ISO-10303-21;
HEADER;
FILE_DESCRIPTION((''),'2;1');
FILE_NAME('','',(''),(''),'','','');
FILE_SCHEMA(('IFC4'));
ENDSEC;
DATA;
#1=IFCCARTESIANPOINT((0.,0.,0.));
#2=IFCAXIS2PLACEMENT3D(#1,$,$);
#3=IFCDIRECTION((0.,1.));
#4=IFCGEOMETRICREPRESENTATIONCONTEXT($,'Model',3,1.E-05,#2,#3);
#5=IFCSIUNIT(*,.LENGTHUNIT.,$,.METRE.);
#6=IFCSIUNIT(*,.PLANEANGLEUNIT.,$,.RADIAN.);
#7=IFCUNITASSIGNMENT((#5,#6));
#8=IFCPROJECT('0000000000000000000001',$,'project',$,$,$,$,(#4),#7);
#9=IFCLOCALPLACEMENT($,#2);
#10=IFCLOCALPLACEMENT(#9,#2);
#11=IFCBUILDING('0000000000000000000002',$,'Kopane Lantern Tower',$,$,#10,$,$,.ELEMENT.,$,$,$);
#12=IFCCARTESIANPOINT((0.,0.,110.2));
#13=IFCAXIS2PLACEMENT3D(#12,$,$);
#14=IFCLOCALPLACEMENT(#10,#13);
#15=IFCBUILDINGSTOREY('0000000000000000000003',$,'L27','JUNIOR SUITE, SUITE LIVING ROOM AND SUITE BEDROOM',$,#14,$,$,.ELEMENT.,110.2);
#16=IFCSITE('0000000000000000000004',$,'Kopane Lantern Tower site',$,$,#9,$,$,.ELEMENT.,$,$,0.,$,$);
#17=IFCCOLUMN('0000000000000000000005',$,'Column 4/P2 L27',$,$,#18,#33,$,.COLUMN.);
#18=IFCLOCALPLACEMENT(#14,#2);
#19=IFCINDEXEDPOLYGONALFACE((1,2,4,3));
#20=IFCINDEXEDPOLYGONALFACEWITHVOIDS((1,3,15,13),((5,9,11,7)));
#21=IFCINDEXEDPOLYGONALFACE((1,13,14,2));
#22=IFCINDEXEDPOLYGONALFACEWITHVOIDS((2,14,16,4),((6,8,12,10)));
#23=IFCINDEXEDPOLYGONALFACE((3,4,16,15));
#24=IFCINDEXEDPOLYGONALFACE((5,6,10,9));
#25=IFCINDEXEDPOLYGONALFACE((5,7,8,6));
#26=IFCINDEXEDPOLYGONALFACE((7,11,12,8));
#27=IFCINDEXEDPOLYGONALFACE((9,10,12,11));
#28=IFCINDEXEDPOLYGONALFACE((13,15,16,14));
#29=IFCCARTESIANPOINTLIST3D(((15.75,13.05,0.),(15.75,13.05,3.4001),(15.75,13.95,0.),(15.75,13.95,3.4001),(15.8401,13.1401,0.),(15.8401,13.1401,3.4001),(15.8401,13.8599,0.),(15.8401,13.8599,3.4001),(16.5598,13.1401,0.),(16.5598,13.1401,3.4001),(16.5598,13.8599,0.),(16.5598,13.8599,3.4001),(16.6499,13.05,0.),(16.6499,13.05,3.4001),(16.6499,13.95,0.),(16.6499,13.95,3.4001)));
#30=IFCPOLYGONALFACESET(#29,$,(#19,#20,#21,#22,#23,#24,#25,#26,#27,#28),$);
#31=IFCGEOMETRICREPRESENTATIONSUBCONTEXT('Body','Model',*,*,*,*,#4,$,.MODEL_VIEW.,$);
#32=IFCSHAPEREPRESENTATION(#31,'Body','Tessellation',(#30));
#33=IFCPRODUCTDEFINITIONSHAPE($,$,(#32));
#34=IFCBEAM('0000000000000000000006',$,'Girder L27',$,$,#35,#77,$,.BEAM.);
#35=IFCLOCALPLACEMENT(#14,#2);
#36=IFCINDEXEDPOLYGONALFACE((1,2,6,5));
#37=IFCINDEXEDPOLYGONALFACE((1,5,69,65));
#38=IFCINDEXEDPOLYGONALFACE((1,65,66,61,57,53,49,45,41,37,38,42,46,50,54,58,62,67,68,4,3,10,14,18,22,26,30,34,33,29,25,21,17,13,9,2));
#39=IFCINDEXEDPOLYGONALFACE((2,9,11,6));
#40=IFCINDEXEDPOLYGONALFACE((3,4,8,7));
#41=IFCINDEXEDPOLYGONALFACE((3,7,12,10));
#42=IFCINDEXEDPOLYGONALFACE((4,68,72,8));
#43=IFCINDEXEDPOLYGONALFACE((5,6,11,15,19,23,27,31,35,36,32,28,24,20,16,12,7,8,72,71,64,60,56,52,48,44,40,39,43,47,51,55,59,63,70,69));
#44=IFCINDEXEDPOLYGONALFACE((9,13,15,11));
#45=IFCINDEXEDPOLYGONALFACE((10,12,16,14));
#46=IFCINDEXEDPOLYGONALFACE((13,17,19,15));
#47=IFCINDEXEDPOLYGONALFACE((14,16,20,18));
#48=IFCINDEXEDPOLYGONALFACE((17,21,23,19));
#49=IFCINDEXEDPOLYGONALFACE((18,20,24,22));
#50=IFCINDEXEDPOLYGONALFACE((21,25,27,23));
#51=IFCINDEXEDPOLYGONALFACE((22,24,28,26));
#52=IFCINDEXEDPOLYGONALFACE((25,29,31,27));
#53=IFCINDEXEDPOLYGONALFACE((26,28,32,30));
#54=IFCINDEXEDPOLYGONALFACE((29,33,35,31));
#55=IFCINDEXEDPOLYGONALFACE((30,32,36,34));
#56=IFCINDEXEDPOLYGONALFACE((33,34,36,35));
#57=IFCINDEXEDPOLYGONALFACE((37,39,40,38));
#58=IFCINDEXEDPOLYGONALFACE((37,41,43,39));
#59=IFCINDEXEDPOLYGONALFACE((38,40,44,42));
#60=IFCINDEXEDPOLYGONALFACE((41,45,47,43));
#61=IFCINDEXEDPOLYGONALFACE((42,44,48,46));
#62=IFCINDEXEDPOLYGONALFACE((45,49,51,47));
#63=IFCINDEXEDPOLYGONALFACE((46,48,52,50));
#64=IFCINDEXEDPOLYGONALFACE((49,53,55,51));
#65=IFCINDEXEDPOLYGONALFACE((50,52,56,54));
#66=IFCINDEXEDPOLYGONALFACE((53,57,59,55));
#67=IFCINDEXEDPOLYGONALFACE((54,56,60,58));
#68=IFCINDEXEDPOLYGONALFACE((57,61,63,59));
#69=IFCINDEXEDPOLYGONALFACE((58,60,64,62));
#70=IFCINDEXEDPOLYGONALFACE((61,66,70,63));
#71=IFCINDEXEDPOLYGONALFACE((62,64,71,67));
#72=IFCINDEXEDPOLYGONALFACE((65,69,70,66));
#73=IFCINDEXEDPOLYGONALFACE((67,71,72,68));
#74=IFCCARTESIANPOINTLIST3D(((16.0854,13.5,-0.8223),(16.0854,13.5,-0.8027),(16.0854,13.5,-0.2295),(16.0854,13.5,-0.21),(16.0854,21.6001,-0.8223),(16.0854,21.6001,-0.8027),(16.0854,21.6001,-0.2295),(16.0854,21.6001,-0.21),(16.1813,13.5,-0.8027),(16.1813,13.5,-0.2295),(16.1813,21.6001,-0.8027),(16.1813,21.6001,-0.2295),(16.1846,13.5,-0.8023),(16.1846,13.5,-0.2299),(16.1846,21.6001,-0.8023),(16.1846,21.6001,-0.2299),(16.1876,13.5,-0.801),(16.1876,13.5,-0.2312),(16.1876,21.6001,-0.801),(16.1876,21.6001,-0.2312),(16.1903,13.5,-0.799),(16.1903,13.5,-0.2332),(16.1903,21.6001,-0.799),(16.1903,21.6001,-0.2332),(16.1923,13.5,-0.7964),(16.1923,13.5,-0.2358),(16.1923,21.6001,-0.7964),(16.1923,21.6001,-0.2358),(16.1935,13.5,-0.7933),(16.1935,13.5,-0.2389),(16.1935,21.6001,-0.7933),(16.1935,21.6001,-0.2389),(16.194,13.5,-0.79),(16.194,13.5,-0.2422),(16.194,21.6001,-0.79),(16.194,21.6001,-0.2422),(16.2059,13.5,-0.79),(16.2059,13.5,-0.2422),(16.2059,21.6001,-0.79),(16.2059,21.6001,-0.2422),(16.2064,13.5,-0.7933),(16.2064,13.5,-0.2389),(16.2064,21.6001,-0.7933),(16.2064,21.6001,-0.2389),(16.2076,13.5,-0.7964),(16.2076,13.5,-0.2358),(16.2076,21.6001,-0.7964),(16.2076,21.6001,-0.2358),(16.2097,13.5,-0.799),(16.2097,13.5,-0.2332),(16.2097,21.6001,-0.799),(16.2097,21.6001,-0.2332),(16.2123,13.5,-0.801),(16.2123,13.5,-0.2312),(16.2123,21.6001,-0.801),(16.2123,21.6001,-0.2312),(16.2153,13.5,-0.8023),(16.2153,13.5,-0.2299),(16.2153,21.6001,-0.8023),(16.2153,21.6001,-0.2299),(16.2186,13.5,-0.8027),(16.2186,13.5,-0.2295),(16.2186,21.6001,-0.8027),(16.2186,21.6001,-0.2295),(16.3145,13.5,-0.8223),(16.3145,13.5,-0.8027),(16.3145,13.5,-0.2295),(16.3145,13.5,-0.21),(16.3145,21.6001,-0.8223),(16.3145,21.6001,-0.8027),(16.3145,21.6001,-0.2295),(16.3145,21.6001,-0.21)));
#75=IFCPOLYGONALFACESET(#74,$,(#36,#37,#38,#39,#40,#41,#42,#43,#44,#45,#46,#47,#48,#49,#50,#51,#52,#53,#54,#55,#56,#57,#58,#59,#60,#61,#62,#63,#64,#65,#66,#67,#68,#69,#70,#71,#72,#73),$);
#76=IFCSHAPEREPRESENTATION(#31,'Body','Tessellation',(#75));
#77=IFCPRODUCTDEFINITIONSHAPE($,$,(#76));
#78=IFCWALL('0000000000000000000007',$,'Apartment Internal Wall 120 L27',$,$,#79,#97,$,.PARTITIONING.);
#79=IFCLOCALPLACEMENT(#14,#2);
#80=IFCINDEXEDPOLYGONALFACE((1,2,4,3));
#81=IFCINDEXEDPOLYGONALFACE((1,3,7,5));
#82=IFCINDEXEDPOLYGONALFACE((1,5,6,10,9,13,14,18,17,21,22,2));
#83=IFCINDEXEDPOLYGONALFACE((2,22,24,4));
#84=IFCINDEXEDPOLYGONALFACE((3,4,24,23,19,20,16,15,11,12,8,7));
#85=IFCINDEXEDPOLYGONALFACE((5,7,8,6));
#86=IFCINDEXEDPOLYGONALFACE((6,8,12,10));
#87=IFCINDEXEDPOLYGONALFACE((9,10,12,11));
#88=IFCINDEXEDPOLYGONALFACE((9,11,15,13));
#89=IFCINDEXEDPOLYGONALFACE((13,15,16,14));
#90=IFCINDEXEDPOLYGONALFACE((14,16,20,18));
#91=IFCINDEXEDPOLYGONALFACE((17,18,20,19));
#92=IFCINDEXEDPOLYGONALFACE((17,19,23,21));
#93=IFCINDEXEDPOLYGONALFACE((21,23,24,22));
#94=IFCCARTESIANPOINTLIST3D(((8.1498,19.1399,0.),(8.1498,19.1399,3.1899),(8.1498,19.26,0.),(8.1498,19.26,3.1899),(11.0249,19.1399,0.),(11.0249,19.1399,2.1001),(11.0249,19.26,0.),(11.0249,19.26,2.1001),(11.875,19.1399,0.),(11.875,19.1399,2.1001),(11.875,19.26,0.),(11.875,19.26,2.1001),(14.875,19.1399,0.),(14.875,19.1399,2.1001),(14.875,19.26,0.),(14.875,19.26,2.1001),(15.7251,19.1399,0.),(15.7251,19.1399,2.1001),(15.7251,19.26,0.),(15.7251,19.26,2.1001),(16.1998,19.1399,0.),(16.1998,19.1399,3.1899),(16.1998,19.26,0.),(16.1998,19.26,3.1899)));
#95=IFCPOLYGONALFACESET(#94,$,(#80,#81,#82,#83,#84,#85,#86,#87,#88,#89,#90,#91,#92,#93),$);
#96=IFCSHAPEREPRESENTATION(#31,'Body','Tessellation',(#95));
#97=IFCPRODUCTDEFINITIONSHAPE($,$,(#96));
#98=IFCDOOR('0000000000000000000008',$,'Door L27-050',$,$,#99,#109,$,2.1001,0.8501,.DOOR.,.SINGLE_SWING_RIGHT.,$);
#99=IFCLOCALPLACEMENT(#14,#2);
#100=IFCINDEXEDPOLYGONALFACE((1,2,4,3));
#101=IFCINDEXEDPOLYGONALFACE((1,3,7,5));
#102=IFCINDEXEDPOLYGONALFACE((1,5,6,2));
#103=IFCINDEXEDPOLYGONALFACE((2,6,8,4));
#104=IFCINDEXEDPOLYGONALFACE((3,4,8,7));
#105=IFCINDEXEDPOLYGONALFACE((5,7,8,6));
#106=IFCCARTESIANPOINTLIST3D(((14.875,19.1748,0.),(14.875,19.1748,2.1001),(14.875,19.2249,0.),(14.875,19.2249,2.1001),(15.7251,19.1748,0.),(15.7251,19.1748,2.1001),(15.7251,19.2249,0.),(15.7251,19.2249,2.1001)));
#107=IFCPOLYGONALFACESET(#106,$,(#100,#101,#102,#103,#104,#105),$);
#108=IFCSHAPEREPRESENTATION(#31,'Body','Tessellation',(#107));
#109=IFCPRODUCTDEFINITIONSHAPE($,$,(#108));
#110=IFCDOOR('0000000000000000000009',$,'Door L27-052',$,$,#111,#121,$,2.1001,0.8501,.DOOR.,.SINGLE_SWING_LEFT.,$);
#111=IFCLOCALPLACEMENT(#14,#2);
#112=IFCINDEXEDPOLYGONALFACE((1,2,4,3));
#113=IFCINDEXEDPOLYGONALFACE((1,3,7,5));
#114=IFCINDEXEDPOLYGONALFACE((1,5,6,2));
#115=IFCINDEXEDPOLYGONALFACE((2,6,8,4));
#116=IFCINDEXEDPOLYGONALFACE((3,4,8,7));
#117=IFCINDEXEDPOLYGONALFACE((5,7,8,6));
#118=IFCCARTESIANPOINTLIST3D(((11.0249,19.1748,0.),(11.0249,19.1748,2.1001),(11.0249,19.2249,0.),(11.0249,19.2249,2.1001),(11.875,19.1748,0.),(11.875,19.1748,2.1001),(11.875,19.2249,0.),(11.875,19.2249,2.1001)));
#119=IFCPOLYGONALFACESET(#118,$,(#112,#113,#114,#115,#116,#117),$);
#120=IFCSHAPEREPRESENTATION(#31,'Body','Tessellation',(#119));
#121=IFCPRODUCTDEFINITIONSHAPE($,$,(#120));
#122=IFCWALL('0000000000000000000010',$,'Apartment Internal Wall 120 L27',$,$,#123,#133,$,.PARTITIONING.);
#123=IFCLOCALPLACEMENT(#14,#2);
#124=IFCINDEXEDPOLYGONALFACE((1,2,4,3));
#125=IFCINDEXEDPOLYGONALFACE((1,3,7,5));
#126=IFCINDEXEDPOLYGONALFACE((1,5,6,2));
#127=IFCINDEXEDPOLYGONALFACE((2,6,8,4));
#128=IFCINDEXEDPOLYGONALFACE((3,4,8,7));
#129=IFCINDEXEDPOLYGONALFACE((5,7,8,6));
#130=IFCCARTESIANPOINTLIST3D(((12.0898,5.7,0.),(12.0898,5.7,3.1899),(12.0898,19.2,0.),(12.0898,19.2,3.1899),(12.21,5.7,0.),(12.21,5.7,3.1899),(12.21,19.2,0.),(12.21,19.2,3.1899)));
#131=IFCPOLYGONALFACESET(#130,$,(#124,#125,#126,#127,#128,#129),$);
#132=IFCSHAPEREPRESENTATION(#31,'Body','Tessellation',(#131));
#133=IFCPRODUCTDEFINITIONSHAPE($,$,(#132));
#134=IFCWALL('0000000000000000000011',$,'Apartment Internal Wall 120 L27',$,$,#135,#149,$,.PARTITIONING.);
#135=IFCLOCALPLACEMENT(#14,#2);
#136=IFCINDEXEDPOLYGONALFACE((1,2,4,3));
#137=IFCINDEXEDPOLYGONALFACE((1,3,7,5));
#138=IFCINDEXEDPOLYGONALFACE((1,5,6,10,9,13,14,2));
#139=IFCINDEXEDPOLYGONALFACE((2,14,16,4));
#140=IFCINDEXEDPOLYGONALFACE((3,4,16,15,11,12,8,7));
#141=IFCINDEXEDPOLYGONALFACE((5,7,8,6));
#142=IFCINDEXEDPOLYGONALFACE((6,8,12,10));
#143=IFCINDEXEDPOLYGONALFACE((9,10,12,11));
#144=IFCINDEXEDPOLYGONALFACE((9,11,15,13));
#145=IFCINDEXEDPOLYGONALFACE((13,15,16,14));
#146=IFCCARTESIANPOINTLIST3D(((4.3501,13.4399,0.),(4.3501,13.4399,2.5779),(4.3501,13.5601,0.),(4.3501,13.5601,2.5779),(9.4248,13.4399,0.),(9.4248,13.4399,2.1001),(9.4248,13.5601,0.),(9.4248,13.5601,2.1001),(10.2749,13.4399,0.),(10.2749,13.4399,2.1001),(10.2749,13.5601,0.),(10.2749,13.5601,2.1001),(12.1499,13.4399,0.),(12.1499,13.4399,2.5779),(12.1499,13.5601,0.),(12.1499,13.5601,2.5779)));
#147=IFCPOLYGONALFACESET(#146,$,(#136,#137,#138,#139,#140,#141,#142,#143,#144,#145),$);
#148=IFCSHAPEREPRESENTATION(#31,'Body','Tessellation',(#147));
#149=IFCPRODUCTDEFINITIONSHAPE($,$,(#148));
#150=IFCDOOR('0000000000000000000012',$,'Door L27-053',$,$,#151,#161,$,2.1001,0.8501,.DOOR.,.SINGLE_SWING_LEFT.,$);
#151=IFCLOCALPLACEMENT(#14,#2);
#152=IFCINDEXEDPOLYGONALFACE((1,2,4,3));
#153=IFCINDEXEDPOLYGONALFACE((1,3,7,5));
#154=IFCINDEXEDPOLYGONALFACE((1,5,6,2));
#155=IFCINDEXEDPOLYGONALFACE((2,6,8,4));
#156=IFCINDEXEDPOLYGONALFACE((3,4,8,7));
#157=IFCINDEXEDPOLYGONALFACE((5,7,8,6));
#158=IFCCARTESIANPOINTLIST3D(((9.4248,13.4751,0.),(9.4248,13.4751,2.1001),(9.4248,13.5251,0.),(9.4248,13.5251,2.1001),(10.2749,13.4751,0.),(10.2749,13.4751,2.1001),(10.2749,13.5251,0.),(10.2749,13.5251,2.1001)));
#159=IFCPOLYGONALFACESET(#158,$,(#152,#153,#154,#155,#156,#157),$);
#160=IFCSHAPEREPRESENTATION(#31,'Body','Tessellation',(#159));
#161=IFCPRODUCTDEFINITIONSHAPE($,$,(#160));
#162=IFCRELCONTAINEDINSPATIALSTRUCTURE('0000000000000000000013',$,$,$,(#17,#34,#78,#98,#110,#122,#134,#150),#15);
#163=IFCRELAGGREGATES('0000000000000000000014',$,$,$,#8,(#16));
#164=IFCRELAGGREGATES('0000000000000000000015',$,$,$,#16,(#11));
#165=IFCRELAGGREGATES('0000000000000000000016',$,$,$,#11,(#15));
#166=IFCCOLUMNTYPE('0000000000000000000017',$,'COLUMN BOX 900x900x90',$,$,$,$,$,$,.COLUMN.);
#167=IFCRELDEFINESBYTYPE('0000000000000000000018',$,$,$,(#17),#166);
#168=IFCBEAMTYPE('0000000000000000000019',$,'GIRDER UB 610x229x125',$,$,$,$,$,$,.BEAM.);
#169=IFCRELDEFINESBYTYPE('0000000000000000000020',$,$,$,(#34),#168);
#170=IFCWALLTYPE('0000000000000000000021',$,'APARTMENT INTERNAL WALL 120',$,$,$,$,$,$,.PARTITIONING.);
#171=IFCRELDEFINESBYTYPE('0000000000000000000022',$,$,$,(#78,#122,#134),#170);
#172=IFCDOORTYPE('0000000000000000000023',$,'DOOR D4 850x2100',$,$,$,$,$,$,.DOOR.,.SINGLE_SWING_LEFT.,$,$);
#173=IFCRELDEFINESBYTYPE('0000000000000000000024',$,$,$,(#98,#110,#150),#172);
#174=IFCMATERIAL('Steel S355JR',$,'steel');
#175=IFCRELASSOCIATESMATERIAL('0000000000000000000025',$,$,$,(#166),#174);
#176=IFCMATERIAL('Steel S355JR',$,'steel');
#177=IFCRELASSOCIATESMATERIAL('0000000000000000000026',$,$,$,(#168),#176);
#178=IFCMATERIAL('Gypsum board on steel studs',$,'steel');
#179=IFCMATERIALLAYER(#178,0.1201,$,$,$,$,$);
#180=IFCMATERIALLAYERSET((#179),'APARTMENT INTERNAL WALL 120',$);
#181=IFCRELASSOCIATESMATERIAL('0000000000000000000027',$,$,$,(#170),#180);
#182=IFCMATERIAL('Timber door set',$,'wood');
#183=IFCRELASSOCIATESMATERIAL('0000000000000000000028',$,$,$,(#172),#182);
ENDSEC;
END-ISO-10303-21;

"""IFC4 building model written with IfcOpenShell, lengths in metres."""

from ifc_helpers import new_model, si_unit, direction, frame, frame_2d, origin, origin_2d, place, context, subcontext, project, spatial, rectangle, hollow_rectangle, i_section, extrude, material, layer, layer_set, material_profile, profile_set, type_object, element, fill, save


model = new_model("IFC4")

# Units and contexts
model_context = context("Model", 3, precision=1e-05, world=origin(), true_north=direction((0.0, 1.0)))
body_context = subcontext(model_context, "Body", "Model", "MODEL_VIEW")
ifc_project = project(units=[si_unit("LENGTHUNIT", "METRE"), si_unit("PLANEANGLEUNIT", "RADIAN")], contexts=[model_context])

# Site, building, storey
site_placement = place(None, origin())
site = spatial("IfcSite", under=ifc_project, at=site_placement, Name="Kopane Lantern Tower site", CompositionType="ELEMENT", RefElevation=0.0)
building_placement = place(site_placement, origin())
building = spatial("IfcBuilding", under=site, at=building_placement, Name="Kopane Lantern Tower", CompositionType="ELEMENT")
storey_placement = place(building_placement, frame((0.0, 0.0, 110.2)))
storey = spatial("IfcBuildingStorey", under=building, at=storey_placement, Name="L27", Description="JUNIOR SUITE, SUITE LIVING ROOM AND SUITE BEDROOM", CompositionType="ELEMENT", Elevation=110.2)

# Column
ifc_material_1 = material(Name="Steel S355JR", Category="steel")
ifc_material_profile_1 = material_profile(ifc_material_1, hollow_rectangle(XDim=0.8999, YDim=0.8999, WallThickness=0.0901, at=origin_2d()), Name="BOX 900x900x90")
ifc_profile_set_1 = profile_set([ifc_material_profile_1], Name="Steel S355JR")
column_type = type_object("IfcColumnType", Name="COLUMN BOX 900x900x90", PredefinedType="COLUMN", material=ifc_profile_set_1)
column_placement = place(storey_placement, frame((16.2, 13.5, 0.0), z_axis=(0.0, 0.0, 1.0), x_axis=(1.0, 0.0, 0.0)))
element("IfcColumn", 1, at=column_placement, inside=storey, type_object=column_type, Name="Column 4/P2 L27", PredefinedType="COLUMN", context=body_context, shape_type="SweptSolid", body=[
    extrude(hollow_rectangle(XDim=0.8999, YDim=0.8999, WallThickness=0.0901, at=origin_2d()), origin(), (0.0, 0.0, 1.0), 3.4001),
])

# Beam
ifc_material_2 = material(Name="Steel S355JR", Category="steel")
ifc_material_profile_2 = material_profile(ifc_material_2, i_section(OverallWidth=0.229, OverallDepth=0.6123, WebThickness=0.012, FlangeThickness=0.0195, FilletRadius=0.0127, at=origin_2d()), Name="UB 610x229x125")
ifc_profile_set_2 = profile_set([ifc_material_profile_2], Name="Steel S355JR")
beam_type = type_object("IfcBeamType", Name="GIRDER UB 610x229x125", PredefinedType="BEAM", material=ifc_profile_set_2)
beam_placement = place(storey_placement, frame((16.2, 13.5, -0.5161), z_axis=(0.0, 1.0, 0.0), x_axis=(-1.0, 0.0, 0.0)))
element("IfcBeam", 2, at=beam_placement, inside=storey, type_object=beam_type, Name="Girder L27", PredefinedType="BEAM", context=body_context, shape_type="SweptSolid", body=[
    extrude(i_section(OverallWidth=0.229, OverallDepth=0.6123, WebThickness=0.012, FlangeThickness=0.0195, FilletRadius=0.0127, at=origin_2d()), origin(), (0.0, 0.0, 1.0), 8.1001),
])

# Wall, openings, doors
ifc_material_3 = material(Name="Gypsum board on steel studs", Category="steel")
ifc_layer = layer(ifc_material_3, 0.1201)
ifc_layer_set = layer_set([ifc_layer], Name="APARTMENT INTERNAL WALL 120")
wall_type = type_object("IfcWallType", Name="APARTMENT INTERNAL WALL 120", PredefinedType="PARTITIONING", material=ifc_layer_set)
wall_1_placement = place(storey_placement, frame((8.1499, 19.2, 0.0), z_axis=(0.0, 0.0, 1.0), x_axis=(1.0, 0.0, 0.0)))
wall_1 = element("IfcWall", 3, at=wall_1_placement, inside=storey, type_object=wall_type, Name="Apartment Internal Wall 120 L27", PredefinedType="PARTITIONING", context=body_context, shape_type="SweptSolid", body=[
    extrude(rectangle(XDim=8.05, YDim=0.1201, at=frame_2d((4.0249, 0.0))), origin(), (0.0, 0.0, 1.0), 3.1899),
])
opening_1_placement = place(wall_1_placement, frame((6.7251, 0.0, 0.0)))
opening_1 = element("IfcOpeningElement", 4, at=opening_1_placement, cuts=wall_1, PredefinedType="OPENING", context=body_context, shape_type="SweptSolid", body=[
    extrude(rectangle(XDim=0.8501, YDim=2.1001, at=frame_2d((0.425, 1.05))), frame((0.0, 0.0701, 0.0), z_axis=(0.0, -1.0, 0.0), x_axis=(1.0, 0.0, 0.0)), (0.0, 0.0, 1.0), 0.1401),
])
opening_2_placement = place(wall_1_placement, frame((2.875, 0.0, 0.0)))
opening_2 = element("IfcOpeningElement", 5, at=opening_2_placement, cuts=wall_1, PredefinedType="OPENING", context=body_context, shape_type="SweptSolid", body=[
    extrude(rectangle(XDim=0.8501, YDim=2.1001, at=frame_2d((0.425, 1.05))), frame((0.0, 0.0701, 0.0), z_axis=(0.0, -1.0, 0.0), x_axis=(1.0, 0.0, 0.0)), (0.0, 0.0, 1.0), 0.1401),
])
ifc_material_4 = material(Name="Timber door set", Category="wood")
door_type = type_object("IfcDoorType", Name="DOOR D4 850x2100", OperationType="SINGLE_SWING_LEFT", PredefinedType="DOOR", material=ifc_material_4)
door_1_placement = place(opening_1_placement, origin())
door_1 = element("IfcDoor", 6, at=door_1_placement, inside=storey, type_object=door_type, Name="Door L27-050", OperationType="SINGLE_SWING_RIGHT", OverallHeight=2.1001, OverallWidth=0.8501, PredefinedType="DOOR", context=body_context, shape_type="SweptSolid", body=[
    extrude(rectangle(XDim=0.8501, YDim=2.1001, at=frame_2d((0.425, 1.05))), frame((0.0, 0.0249, 0.0), z_axis=(0.0, -1.0, 0.0), x_axis=(1.0, 0.0, 0.0)), (0.0, 0.0, 1.0), 0.05),
])
fill(opening_1, door_1)
door_2_placement = place(opening_2_placement, origin())
door_2 = element("IfcDoor", 7, at=door_2_placement, inside=storey, type_object=door_type, Name="Door L27-052", OperationType="SINGLE_SWING_LEFT", OverallHeight=2.1001, OverallWidth=0.8501, PredefinedType="DOOR", context=body_context, shape_type="SweptSolid", body=[
    extrude(rectangle(XDim=0.8501, YDim=2.1001, at=frame_2d((0.425, 1.05))), frame((0.0, 0.0249, 0.0), z_axis=(0.0, -1.0, 0.0), x_axis=(1.0, 0.0, 0.0)), (0.0, 0.0, 1.0), 0.05),
])
fill(opening_2, door_2)

# Wall
wall_2_placement = place(storey_placement, frame((12.1499, 19.2, 0.0), z_axis=(0.0, 0.0, 1.0), x_axis=(0.0, -1.0, 0.0)))
element("IfcWall", 8, at=wall_2_placement, inside=storey, type_object=wall_type, Name="Apartment Internal Wall 120 L27", PredefinedType="PARTITIONING", context=body_context, shape_type="SweptSolid", body=[
    extrude(rectangle(XDim=13.5, YDim=0.1201, at=frame_2d((6.75, 0.0))), origin(), (0.0, 0.0, 1.0), 3.1899),
])

# Wall, opening, door
wall_3_placement = place(storey_placement, frame((12.1499, 13.5, 0.0), z_axis=(0.0, 0.0, 1.0), x_axis=(-1.0, 0.0, 0.0)))
wall_3 = element("IfcWall", 9, at=wall_3_placement, inside=storey, type_object=wall_type, Name="Apartment Internal Wall 120 L27", PredefinedType="PARTITIONING", context=body_context, shape_type="SweptSolid", body=[
    extrude(rectangle(XDim=7.7998, YDim=0.1201, at=frame_2d((3.8999, 0.0))), origin(), (0.0, 0.0, 1.0), 2.5779),
])
opening_3_placement = place(wall_3_placement, frame((1.875, 0.0, 0.0)))
opening_3 = element("IfcOpeningElement", 10, at=opening_3_placement, cuts=wall_3, PredefinedType="OPENING", context=body_context, shape_type="SweptSolid", body=[
    extrude(rectangle(XDim=0.8501, YDim=2.1001, at=frame_2d((0.425, 1.05))), frame((0.0, 0.0701, 0.0), z_axis=(0.0, -1.0, 0.0), x_axis=(1.0, 0.0, 0.0)), (0.0, 0.0, 1.0), 0.1401),
])
door_3_placement = place(opening_3_placement, origin())
door_3 = element("IfcDoor", 11, at=door_3_placement, inside=storey, type_object=door_type, Name="Door L27-053", OperationType="SINGLE_SWING_LEFT", OverallHeight=2.1001, OverallWidth=0.8501, PredefinedType="DOOR", context=body_context, shape_type="SweptSolid", body=[
    extrude(rectangle(XDim=0.8501, YDim=2.1001, at=frame_2d((0.425, 1.05))), frame((0.0, 0.0249, 0.0), z_axis=(0.0, -1.0, 0.0), x_axis=(1.0, 0.0, 0.0)), (0.0, 0.0, 1.0), 0.05),
])
fill(opening_3, door_3)

save(model, "model.ifc")
